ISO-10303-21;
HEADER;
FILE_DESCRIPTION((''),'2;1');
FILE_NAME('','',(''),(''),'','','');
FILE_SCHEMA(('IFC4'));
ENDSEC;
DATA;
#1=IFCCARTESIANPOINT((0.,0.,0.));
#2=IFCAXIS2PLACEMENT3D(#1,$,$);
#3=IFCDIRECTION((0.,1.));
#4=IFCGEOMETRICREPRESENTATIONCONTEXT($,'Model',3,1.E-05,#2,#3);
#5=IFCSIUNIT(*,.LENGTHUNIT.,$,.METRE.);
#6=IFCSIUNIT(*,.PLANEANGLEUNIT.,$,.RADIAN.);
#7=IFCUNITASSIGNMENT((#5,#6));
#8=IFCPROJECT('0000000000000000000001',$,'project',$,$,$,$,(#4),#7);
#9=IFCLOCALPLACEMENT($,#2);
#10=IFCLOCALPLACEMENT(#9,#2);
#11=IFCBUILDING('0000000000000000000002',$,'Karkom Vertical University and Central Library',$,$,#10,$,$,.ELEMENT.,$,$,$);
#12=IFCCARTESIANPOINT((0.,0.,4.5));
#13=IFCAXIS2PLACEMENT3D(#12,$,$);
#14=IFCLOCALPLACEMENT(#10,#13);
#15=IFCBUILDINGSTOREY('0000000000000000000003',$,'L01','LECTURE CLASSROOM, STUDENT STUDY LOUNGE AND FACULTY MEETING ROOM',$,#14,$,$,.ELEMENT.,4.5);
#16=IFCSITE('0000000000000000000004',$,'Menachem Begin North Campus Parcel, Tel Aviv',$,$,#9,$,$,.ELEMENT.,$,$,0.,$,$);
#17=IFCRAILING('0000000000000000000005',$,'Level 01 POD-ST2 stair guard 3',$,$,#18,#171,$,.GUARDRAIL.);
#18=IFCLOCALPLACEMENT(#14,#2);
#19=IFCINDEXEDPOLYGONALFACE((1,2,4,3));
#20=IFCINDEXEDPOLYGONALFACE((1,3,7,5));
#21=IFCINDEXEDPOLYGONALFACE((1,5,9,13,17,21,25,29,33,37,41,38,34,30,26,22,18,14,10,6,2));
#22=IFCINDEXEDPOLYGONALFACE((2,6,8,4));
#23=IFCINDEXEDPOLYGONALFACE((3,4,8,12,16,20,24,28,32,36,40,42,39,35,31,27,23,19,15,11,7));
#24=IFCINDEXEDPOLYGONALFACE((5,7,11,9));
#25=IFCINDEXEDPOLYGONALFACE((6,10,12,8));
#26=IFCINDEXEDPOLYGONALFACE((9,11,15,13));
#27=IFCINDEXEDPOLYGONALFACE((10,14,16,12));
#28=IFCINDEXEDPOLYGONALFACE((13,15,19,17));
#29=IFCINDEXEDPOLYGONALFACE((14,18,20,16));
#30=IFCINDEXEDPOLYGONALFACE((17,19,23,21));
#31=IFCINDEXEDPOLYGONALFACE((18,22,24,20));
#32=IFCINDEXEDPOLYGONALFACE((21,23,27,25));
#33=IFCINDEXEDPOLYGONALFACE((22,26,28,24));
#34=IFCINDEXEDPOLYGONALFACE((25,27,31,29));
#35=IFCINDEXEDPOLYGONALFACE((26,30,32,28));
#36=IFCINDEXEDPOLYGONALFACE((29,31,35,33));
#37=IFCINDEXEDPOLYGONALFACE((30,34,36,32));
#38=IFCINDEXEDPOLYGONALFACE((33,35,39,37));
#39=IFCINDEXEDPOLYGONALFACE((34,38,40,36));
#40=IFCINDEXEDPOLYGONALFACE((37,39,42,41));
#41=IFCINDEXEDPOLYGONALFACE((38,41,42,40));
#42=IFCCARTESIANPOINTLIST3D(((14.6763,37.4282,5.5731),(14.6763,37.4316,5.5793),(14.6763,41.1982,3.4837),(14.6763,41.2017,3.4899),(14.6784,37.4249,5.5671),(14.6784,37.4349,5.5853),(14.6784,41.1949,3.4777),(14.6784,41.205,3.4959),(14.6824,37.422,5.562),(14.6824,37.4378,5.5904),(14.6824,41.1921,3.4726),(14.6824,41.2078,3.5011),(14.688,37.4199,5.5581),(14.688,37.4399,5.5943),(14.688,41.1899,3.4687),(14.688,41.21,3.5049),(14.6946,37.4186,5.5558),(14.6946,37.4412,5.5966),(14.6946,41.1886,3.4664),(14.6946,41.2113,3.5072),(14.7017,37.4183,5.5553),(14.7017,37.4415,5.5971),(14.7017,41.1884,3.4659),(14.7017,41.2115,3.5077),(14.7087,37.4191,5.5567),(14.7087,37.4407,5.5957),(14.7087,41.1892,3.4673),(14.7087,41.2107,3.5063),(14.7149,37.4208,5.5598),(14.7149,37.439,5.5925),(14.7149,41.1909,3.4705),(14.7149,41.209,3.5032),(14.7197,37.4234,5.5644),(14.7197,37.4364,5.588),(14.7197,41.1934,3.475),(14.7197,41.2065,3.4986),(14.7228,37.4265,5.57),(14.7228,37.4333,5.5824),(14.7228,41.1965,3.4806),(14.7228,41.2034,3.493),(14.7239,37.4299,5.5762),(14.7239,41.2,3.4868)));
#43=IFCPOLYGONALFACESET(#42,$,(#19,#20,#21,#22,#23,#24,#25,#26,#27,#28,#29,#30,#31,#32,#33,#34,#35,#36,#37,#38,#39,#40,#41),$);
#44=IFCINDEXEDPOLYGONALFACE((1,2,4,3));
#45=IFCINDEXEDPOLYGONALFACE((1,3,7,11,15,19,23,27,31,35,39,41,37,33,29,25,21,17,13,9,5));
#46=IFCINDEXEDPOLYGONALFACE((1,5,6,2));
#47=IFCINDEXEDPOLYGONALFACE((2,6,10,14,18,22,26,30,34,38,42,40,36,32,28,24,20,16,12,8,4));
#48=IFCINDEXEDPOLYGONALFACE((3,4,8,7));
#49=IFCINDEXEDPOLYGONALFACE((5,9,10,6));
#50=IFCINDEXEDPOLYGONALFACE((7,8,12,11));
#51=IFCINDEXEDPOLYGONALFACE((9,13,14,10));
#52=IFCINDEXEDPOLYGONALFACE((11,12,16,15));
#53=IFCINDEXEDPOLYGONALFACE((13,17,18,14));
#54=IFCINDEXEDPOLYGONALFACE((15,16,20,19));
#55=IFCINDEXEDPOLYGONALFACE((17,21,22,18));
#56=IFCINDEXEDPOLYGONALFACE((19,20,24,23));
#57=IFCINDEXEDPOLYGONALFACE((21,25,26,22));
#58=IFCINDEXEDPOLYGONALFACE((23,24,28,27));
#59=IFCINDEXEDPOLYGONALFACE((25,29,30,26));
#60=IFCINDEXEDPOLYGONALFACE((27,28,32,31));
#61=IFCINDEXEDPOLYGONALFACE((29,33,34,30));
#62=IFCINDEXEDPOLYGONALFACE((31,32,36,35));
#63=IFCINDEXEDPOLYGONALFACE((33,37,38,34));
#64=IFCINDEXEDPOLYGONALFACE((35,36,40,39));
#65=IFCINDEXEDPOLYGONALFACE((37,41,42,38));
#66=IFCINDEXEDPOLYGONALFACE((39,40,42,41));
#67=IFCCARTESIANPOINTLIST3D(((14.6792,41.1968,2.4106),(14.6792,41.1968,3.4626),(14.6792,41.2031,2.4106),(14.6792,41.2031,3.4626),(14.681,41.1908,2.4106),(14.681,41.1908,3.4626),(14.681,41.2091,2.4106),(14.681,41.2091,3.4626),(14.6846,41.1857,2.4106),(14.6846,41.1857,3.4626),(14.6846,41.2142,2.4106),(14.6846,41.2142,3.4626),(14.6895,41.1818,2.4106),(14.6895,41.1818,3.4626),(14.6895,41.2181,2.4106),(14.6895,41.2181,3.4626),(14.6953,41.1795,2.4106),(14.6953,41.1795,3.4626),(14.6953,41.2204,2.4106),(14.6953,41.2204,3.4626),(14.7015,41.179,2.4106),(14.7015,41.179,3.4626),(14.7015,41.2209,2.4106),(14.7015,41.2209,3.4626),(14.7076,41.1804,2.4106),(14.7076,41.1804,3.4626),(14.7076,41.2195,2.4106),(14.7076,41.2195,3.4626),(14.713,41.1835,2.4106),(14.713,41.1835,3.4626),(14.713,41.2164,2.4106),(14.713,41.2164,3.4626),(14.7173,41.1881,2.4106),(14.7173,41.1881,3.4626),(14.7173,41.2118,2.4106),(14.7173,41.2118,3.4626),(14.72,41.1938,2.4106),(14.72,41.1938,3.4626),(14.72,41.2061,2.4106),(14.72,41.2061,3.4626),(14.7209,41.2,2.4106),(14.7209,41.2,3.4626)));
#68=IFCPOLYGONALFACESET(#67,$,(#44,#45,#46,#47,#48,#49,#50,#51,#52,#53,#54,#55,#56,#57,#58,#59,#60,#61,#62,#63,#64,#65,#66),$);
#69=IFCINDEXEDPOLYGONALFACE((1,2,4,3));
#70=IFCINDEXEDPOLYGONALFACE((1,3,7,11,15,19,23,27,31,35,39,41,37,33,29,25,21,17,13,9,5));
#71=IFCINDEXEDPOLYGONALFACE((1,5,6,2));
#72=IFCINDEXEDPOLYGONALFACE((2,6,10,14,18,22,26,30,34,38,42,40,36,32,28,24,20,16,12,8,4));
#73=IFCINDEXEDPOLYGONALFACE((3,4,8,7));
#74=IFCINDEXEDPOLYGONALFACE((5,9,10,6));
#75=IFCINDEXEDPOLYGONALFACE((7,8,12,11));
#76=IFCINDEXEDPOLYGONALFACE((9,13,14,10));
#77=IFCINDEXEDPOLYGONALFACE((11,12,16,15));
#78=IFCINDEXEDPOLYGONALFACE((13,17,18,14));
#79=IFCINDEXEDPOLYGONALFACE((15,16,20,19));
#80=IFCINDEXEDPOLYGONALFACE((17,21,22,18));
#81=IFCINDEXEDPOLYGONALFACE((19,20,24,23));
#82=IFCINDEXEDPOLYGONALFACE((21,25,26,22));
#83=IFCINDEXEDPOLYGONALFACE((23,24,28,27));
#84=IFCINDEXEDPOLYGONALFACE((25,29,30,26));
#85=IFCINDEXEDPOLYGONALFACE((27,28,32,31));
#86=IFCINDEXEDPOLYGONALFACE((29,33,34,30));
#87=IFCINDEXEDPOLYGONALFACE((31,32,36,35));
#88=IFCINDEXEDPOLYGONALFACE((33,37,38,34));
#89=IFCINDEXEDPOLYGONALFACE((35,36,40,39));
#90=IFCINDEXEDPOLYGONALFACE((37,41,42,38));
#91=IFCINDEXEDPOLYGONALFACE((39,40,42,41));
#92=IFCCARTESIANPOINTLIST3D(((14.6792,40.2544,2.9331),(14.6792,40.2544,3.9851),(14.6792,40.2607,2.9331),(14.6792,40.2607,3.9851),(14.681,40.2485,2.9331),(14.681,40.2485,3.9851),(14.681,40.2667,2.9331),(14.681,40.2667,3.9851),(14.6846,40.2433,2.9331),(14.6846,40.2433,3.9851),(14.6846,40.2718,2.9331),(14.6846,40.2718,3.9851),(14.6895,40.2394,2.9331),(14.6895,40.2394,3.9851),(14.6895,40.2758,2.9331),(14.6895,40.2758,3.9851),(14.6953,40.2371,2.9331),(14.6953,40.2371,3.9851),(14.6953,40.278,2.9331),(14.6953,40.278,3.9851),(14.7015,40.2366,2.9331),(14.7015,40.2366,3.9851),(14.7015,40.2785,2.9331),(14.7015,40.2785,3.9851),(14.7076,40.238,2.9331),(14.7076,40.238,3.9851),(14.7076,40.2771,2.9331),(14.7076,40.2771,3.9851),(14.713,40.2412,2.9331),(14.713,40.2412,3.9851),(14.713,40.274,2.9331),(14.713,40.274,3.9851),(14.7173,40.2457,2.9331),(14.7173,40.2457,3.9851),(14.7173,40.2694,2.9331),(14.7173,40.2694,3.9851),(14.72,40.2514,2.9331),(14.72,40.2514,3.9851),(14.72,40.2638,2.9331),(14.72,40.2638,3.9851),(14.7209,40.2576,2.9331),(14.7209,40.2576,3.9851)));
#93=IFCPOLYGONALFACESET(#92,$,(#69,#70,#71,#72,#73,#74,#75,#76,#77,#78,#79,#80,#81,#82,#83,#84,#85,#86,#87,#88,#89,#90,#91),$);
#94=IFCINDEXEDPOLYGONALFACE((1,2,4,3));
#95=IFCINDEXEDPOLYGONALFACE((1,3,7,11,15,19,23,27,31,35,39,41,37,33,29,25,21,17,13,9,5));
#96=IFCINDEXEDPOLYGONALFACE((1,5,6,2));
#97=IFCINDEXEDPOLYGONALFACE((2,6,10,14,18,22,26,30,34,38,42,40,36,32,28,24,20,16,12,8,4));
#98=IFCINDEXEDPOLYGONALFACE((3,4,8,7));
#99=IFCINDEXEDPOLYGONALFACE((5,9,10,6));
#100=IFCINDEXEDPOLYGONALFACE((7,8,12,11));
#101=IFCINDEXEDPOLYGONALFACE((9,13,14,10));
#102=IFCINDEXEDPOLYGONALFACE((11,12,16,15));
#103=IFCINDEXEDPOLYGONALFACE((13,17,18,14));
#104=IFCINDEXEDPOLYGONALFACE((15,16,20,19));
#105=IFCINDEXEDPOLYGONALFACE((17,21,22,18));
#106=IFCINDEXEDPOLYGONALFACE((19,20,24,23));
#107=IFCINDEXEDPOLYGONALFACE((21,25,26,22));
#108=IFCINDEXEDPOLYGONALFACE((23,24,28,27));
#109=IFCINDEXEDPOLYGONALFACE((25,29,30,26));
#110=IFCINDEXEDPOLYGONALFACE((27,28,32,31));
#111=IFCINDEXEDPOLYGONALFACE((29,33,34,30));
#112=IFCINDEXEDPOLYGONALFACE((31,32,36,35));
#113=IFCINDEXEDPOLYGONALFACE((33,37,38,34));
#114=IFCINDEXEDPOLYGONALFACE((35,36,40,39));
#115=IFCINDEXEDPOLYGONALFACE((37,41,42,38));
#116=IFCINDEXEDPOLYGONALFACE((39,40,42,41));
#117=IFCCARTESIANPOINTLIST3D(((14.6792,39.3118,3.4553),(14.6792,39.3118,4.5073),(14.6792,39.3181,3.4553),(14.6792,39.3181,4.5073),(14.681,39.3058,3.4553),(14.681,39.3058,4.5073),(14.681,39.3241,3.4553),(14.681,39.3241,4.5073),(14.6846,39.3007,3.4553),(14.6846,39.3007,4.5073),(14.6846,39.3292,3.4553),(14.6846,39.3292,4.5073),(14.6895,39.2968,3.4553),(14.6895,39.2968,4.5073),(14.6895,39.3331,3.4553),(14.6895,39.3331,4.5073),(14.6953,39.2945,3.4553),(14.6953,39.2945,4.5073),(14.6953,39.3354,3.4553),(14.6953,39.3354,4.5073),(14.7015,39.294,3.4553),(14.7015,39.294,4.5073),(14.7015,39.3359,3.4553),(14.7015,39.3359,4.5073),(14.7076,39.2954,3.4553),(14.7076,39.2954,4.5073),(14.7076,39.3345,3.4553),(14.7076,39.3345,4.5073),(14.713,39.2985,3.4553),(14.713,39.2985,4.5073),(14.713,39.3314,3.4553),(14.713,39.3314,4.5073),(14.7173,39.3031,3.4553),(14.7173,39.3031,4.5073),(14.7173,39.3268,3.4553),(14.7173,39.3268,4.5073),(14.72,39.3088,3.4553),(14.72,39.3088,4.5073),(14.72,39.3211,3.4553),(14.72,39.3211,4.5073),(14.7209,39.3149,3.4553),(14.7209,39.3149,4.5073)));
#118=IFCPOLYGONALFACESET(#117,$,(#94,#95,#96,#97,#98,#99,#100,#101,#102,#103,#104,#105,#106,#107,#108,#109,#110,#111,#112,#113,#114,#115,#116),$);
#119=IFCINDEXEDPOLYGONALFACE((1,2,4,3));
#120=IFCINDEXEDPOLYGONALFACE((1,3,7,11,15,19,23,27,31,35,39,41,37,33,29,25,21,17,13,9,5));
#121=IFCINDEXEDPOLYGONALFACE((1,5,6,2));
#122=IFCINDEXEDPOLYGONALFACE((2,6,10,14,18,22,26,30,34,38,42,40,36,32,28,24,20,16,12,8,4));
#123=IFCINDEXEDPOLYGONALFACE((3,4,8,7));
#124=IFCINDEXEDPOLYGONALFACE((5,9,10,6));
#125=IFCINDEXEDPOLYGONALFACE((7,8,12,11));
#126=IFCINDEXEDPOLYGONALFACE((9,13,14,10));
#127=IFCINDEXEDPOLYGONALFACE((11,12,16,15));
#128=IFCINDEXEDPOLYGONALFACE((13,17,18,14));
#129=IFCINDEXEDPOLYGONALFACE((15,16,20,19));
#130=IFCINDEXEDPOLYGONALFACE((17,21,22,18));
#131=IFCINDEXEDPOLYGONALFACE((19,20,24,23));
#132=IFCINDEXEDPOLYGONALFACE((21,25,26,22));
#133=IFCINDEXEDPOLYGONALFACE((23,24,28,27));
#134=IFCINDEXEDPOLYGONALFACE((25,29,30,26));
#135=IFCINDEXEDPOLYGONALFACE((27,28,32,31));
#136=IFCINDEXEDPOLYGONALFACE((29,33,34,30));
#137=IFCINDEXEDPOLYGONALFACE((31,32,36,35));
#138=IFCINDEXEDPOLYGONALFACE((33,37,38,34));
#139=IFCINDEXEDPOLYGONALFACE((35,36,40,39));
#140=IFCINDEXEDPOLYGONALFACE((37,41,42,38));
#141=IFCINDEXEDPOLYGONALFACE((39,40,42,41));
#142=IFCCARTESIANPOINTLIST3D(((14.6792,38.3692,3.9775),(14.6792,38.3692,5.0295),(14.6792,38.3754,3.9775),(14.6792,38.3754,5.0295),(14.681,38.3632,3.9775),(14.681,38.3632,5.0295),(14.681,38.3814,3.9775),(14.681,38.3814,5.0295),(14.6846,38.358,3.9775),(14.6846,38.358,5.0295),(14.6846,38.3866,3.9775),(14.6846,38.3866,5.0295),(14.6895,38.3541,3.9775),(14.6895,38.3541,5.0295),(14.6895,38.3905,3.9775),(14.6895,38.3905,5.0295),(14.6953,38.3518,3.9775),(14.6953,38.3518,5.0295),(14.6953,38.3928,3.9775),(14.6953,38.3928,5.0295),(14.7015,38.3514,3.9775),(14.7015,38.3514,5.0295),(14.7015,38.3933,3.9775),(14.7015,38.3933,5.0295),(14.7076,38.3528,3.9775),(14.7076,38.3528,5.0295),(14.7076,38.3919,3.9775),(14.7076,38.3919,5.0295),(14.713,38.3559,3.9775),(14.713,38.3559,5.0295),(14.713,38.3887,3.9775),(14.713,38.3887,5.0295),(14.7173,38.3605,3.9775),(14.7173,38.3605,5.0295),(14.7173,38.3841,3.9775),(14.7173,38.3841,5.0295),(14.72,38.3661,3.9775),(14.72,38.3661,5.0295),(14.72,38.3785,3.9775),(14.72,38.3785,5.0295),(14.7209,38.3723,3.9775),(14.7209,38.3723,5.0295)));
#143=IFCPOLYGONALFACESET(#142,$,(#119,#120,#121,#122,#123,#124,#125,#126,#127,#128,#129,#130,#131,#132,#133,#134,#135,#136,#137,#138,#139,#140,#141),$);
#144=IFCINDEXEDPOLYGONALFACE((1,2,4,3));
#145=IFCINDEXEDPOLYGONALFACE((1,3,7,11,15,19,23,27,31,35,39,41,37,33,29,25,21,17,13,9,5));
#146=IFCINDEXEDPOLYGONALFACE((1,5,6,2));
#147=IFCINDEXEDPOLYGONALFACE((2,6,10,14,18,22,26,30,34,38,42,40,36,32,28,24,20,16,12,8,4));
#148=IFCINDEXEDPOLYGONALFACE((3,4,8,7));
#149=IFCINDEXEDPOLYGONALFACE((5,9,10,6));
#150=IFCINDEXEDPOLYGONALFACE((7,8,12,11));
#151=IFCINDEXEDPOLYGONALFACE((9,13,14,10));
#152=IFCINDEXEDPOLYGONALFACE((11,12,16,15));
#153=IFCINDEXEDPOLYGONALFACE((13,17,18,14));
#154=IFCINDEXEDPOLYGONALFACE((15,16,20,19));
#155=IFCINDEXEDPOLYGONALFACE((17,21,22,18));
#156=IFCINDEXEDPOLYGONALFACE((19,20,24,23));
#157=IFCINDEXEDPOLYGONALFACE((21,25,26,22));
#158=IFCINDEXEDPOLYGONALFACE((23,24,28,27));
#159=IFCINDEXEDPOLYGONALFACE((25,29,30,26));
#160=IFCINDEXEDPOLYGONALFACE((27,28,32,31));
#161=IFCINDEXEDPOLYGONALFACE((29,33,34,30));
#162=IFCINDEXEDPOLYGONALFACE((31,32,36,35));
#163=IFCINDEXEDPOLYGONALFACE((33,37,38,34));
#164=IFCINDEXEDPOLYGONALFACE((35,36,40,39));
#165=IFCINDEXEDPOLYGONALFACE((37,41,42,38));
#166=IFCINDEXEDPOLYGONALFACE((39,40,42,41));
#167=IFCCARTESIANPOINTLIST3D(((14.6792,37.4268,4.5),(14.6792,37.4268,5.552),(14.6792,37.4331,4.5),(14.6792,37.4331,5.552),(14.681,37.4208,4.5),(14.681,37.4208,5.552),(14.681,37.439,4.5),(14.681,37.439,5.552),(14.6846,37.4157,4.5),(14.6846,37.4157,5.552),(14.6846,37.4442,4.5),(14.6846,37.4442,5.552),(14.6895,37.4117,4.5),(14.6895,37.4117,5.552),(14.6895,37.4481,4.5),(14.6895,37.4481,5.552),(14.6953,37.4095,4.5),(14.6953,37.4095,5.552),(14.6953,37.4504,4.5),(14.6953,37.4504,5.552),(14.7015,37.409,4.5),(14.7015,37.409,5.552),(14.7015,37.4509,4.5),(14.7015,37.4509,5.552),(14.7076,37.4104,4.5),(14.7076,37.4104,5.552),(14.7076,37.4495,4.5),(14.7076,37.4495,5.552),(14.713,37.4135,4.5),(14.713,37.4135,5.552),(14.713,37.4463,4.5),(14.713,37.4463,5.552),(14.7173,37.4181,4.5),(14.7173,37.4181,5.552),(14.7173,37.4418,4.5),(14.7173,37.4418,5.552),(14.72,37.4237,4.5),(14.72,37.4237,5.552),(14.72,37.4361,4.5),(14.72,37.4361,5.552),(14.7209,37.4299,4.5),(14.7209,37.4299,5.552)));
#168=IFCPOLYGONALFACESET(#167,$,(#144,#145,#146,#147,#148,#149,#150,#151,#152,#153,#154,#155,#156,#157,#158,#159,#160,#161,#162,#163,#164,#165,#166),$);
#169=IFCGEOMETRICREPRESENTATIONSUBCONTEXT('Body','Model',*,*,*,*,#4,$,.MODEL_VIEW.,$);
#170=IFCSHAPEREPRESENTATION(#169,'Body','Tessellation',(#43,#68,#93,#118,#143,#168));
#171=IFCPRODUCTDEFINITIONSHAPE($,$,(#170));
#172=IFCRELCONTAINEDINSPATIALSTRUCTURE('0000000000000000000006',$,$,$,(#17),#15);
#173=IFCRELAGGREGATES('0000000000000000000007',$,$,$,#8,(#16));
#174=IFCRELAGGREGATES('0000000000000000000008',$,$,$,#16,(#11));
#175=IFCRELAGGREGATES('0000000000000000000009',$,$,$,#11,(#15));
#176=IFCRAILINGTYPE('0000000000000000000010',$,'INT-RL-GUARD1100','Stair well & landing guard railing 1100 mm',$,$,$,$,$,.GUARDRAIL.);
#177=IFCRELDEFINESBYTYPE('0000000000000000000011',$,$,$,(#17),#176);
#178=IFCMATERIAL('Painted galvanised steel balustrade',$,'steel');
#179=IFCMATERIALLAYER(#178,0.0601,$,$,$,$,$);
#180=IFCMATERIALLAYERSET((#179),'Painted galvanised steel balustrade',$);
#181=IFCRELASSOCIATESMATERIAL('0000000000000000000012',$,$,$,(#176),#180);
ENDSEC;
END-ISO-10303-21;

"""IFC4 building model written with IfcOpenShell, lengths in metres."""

from ifc_helpers import new_model, si_unit, direction, frame, origin, origin_2d, place, context, subcontext, project, spatial, circle, extrude, material, layer, layer_set, type_object, element, save


model = new_model("IFC4")

# Units and contexts
model_context = context("Model", 3, precision=1e-05, world=origin(), true_north=direction((0.0, 1.0)))
body_context = subcontext(model_context, "Body", "Model", "MODEL_VIEW")
ifc_project = project(units=[si_unit("LENGTHUNIT", "METRE"), si_unit("PLANEANGLEUNIT", "RADIAN")], contexts=[model_context])

# Site, building, storey
site_placement = place(None, origin())
site = spatial("IfcSite", under=ifc_project, at=site_placement, Name="Menachem Begin North Campus Parcel, Tel Aviv", CompositionType="ELEMENT", RefElevation=0.0)
building_placement = place(site_placement, origin())
building = spatial("IfcBuilding", under=site, at=building_placement, Name="Karkom Vertical University and Central Library", CompositionType="ELEMENT")
storey_placement = place(building_placement, frame((0.0, 0.0, 4.5)))
storey = spatial("IfcBuildingStorey", under=building, at=storey_placement, Name="L01", Description="LECTURE CLASSROOM, STUDENT STUDY LOUNGE AND FACULTY MEETING ROOM", CompositionType="ELEMENT", Elevation=4.5)

# Railing
ifc_material_1 = material(Name="Painted galvanised steel balustrade", Category="steel")
ifc_layer_1 = layer(ifc_material_1, 0.0601)
ifc_layer_set_1 = layer_set([ifc_layer_1], Name="Painted galvanised steel balustrade")
railing_type_1 = type_object("IfcRailingType", Name="INT-RL-GUARD1100", Description="Stair well & landing guard railing 1100 mm", PredefinedType="GUARDRAIL", material=ifc_layer_set_1)
railing_1_placement = place(storey_placement, frame((14.7, 41.2, 2.4106)))
element("IfcRailing", 1, at=railing_1_placement, inside=storey, type_object=railing_type_1, Name="Level 01 POD-ST2 stair guard 3", PredefinedType="GUARDRAIL", context=body_context, shape_type="SweptSolid", body=[
    extrude(circle(Radius=0.0239, at=origin_2d()), frame((0.0, 0.0, 1.0762), z_axis=(0.0, -0.874659, 0.484739), x_axis=(1.0, 0.0, 0.0)), (0.0, 0.0, 1.0), 4.3103),
    extrude(circle(Radius=0.021, at=origin_2d()), origin(), (0.0, 0.0, 1.0), 1.052),
    extrude(circle(Radius=0.021, at=origin_2d()), frame((0.0, -0.9424, 0.5225)), (0.0, 0.0, 1.0), 1.052),
    extrude(circle(Radius=0.021, at=origin_2d()), frame((0.0, -1.885, 1.0447)), (0.0, 0.0, 1.0), 1.052),
    extrude(circle(Radius=0.021, at=origin_2d()), frame((0.0, -2.8276, 1.5669)), (0.0, 0.0, 1.0), 1.052),
    extrude(circle(Radius=0.021, at=origin_2d()), frame((0.0, -3.77, 2.0894)), (0.0, 0.0, 1.0), 1.052),
])

save(model, "model.ifc")
